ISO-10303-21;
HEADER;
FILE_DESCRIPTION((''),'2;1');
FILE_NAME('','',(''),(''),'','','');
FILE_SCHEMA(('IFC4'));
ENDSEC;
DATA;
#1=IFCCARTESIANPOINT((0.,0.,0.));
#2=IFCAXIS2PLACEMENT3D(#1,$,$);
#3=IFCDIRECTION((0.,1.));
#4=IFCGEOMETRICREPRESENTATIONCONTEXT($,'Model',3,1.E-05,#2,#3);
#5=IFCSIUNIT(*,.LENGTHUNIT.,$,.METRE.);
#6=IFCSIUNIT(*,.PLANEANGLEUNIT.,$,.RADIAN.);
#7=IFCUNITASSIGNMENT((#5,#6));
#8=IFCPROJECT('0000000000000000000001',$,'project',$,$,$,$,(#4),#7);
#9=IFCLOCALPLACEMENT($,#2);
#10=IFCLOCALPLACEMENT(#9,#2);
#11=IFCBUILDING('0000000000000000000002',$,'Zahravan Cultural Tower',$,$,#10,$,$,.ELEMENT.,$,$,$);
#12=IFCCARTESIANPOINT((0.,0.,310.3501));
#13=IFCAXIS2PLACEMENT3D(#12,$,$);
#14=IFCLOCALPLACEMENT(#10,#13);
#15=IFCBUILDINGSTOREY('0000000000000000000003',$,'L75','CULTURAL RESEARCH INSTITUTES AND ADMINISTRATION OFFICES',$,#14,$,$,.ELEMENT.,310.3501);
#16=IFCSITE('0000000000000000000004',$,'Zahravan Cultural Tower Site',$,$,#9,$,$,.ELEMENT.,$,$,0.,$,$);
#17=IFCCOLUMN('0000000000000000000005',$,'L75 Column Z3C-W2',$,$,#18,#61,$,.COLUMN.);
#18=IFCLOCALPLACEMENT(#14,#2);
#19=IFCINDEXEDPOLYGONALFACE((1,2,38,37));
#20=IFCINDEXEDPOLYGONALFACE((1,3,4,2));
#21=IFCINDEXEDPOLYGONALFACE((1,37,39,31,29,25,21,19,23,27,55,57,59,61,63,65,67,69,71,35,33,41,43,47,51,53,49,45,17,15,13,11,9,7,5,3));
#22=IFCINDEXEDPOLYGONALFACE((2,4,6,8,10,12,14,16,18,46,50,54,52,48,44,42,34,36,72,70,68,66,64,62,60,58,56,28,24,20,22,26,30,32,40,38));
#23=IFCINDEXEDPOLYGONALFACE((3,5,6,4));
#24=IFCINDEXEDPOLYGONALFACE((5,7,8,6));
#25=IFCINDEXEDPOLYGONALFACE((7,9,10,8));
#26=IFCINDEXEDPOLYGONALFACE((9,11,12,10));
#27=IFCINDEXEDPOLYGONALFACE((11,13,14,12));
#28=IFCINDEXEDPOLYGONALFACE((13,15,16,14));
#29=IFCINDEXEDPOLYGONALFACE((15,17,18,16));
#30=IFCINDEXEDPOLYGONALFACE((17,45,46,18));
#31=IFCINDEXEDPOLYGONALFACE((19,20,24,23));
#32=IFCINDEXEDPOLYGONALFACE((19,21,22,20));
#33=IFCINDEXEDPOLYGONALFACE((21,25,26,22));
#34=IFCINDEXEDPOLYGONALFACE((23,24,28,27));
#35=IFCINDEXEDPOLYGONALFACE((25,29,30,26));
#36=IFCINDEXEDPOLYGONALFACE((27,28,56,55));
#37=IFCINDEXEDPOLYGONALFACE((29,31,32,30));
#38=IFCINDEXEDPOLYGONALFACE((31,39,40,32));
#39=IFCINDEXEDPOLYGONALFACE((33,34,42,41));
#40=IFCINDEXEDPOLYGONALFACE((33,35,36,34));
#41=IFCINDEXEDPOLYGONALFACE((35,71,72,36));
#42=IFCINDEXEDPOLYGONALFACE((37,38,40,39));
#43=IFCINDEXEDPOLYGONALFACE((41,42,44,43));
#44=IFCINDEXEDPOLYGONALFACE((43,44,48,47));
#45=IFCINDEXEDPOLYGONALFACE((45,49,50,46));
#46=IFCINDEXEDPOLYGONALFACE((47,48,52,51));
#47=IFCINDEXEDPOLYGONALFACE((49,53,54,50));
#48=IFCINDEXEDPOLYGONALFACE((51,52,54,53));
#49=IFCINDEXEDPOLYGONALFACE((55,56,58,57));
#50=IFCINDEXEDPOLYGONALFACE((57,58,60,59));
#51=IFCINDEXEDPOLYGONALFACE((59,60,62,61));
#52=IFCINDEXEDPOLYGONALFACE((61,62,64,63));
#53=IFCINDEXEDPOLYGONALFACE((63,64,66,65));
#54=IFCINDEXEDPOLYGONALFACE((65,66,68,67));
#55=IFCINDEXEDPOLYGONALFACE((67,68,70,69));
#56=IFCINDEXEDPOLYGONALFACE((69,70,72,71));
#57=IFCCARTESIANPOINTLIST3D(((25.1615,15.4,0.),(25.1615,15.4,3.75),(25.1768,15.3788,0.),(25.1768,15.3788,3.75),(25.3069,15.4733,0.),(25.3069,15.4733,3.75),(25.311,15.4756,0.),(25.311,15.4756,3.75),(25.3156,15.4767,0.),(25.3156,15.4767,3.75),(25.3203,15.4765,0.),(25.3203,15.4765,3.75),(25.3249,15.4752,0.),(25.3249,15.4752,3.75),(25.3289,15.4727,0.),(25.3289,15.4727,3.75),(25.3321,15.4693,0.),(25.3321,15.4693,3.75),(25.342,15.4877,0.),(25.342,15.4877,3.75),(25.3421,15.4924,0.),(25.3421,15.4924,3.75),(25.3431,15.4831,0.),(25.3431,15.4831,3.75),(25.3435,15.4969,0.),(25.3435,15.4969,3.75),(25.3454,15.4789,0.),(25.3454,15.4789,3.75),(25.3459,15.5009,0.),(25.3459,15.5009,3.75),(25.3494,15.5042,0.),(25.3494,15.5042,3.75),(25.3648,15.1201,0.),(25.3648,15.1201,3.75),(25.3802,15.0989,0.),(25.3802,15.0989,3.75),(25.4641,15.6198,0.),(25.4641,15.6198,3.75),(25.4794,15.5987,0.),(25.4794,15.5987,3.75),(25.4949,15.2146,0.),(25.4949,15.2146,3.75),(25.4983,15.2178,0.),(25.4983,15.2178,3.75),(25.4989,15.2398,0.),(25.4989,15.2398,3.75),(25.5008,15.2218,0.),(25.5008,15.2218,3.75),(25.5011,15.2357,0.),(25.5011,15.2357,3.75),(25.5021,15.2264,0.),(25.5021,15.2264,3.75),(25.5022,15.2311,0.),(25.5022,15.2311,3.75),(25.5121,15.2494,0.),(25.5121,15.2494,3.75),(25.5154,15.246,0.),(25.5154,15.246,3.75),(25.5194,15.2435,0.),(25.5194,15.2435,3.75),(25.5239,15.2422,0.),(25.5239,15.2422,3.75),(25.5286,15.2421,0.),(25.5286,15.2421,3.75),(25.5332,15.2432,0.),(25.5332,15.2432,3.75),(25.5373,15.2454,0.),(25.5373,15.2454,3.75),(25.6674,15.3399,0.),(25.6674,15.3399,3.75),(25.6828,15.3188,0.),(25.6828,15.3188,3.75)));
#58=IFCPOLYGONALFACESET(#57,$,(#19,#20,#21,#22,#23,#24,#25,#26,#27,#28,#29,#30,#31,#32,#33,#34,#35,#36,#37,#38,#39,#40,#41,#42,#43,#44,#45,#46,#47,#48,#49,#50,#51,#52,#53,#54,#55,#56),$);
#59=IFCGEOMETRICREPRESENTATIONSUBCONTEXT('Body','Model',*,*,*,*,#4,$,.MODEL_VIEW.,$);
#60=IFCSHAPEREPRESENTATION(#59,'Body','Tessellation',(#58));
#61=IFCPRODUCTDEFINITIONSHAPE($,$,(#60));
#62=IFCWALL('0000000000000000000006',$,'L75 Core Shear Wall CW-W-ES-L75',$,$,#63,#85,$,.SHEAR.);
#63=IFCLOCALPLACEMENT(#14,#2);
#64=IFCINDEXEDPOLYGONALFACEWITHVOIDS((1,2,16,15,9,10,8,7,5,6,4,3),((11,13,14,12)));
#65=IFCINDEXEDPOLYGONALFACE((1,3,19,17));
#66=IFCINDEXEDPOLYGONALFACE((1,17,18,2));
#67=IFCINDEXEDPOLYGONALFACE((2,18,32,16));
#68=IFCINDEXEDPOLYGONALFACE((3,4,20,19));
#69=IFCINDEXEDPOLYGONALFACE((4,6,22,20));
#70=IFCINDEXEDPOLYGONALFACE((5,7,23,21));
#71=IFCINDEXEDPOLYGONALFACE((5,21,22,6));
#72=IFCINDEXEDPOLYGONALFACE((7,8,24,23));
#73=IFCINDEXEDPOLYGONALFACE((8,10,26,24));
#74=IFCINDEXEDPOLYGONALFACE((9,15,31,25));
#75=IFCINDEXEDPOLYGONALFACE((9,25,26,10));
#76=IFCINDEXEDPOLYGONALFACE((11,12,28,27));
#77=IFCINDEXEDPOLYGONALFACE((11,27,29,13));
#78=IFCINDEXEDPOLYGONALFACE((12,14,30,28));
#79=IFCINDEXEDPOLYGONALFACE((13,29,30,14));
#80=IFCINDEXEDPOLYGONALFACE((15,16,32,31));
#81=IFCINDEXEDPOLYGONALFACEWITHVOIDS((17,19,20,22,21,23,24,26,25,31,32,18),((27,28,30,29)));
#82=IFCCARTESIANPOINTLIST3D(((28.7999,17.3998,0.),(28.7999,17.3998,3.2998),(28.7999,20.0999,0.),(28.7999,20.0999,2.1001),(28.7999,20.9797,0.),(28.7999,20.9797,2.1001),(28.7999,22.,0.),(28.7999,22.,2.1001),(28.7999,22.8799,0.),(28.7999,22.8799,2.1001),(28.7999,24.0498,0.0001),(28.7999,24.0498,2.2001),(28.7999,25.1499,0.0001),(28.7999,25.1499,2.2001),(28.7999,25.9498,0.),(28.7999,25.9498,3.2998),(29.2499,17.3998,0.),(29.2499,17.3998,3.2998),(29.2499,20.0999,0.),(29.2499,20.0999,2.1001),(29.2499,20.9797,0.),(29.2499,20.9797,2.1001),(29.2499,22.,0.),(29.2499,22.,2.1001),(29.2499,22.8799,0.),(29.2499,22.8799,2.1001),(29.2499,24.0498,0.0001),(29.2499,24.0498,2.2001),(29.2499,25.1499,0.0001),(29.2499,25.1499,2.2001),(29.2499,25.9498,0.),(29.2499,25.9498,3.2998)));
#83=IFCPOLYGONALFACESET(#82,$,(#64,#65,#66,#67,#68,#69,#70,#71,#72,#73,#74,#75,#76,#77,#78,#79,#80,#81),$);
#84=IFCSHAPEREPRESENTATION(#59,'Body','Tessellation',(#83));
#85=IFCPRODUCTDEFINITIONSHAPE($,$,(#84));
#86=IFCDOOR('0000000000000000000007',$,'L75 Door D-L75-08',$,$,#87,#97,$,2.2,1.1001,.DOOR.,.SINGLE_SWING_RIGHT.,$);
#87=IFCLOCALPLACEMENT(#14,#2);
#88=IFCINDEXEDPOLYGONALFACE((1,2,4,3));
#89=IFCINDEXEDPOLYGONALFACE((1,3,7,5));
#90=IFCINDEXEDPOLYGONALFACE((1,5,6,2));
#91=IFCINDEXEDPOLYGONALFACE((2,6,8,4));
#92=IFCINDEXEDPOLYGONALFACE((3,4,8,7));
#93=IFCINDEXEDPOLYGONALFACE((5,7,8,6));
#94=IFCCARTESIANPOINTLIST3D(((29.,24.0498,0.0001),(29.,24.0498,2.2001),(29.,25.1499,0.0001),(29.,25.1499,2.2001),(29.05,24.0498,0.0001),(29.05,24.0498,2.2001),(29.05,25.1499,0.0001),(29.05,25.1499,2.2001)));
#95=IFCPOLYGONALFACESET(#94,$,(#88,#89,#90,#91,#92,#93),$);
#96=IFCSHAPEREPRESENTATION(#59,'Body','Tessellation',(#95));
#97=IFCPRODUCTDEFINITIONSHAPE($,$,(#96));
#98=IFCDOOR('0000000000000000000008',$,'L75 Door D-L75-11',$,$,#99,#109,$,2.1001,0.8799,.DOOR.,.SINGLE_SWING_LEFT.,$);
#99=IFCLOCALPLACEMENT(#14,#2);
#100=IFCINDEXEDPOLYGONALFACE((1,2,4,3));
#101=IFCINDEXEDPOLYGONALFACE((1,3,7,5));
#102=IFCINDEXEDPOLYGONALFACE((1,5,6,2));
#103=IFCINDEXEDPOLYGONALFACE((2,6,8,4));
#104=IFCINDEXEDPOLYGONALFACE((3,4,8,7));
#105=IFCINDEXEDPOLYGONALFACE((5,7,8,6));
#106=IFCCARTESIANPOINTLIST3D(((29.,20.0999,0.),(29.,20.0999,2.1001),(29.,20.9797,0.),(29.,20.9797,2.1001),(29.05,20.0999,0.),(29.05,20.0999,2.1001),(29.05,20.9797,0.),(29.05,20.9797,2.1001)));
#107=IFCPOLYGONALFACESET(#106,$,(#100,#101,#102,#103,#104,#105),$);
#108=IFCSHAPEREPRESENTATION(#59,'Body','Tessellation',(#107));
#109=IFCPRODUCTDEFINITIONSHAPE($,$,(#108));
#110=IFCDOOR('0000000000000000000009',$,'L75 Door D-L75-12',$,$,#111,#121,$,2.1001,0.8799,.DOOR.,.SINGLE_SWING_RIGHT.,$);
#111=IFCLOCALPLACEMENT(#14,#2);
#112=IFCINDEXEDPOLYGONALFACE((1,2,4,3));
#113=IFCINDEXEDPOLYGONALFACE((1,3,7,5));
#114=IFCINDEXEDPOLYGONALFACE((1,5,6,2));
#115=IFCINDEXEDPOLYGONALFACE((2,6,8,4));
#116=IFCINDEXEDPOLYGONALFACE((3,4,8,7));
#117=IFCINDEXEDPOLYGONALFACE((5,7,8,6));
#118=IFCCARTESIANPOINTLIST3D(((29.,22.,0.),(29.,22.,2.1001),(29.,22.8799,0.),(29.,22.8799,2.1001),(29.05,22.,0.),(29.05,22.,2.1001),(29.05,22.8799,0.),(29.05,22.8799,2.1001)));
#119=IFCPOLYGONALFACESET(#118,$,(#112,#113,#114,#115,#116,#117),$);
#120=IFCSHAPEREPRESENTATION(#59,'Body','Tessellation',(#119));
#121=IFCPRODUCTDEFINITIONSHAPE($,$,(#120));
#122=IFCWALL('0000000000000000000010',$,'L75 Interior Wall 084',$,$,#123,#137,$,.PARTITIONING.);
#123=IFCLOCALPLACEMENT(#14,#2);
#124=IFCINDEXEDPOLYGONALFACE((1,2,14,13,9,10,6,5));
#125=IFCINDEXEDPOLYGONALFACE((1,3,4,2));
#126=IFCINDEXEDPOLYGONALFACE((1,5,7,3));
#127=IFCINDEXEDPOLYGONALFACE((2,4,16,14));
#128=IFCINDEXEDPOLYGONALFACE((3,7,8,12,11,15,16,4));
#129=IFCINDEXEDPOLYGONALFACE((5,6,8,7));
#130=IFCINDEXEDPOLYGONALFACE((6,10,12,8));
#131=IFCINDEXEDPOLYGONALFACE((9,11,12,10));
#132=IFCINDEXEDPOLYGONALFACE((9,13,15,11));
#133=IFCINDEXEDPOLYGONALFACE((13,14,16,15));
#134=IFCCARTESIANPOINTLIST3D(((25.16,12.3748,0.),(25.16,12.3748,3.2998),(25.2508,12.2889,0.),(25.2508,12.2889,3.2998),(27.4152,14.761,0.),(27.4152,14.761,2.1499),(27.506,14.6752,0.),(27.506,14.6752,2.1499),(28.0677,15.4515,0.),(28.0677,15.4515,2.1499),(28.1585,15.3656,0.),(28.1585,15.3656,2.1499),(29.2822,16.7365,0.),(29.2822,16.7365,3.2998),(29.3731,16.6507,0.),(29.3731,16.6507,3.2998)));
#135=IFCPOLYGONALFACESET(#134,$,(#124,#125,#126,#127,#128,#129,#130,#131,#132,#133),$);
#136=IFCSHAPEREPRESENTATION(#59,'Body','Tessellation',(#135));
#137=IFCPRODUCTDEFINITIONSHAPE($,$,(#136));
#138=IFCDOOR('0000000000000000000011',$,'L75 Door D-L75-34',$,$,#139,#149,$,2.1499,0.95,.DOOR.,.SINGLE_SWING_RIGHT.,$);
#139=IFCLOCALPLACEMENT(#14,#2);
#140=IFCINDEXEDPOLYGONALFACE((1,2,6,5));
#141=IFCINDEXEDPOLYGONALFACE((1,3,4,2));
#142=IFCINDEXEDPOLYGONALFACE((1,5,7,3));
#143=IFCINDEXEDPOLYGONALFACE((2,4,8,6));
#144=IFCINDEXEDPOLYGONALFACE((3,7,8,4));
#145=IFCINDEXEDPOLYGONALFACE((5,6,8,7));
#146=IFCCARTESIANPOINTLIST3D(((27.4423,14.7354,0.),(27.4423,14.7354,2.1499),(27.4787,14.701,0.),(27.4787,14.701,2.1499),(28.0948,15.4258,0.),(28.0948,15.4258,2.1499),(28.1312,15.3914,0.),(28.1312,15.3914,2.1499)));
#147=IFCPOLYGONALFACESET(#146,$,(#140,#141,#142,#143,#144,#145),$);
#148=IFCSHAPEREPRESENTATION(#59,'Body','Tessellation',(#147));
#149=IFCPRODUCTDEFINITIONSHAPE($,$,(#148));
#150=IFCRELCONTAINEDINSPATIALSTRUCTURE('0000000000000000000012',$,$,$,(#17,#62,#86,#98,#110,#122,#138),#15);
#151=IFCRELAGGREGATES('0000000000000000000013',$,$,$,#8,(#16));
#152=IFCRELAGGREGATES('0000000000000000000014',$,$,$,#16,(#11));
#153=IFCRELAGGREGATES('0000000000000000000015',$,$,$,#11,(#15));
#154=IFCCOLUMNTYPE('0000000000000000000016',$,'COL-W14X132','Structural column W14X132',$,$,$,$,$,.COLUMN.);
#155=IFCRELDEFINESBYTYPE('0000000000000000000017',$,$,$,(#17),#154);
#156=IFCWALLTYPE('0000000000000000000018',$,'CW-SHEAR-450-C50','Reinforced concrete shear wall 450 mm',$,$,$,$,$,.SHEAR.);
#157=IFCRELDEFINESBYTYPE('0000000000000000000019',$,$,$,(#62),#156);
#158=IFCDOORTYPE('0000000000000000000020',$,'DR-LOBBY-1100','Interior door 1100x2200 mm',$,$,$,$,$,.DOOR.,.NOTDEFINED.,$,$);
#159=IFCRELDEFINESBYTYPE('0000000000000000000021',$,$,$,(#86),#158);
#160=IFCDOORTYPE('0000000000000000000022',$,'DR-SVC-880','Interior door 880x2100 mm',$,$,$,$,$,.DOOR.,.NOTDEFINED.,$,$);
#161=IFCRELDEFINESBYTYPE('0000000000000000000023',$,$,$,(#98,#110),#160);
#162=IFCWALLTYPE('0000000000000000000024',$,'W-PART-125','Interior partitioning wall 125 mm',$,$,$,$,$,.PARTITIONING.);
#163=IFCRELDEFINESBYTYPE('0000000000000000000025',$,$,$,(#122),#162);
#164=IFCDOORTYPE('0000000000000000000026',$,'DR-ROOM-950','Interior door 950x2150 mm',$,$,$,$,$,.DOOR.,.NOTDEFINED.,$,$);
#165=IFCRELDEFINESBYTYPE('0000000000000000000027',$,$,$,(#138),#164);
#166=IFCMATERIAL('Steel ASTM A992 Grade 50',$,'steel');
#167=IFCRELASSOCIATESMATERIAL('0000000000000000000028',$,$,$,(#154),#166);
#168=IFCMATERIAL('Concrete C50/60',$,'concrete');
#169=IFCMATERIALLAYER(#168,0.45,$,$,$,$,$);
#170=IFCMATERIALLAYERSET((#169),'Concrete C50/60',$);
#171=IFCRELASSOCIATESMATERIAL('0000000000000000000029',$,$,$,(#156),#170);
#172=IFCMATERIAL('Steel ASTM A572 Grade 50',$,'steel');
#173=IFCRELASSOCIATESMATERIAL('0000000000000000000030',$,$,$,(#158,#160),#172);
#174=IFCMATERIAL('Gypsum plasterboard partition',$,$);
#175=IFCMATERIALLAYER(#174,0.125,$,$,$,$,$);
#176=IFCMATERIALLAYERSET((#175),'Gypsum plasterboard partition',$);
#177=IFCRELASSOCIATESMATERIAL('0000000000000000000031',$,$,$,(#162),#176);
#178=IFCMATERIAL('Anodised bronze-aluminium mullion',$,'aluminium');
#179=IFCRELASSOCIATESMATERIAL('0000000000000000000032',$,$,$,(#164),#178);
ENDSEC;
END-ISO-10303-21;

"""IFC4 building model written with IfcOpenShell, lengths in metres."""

from ifc_helpers import new_model, si_unit, direction, frame, frame_2d, origin, origin_2d, place, context, subcontext, project, spatial, rectangle, i_section, extrude, source, transform, mapped, material, layer, layer_set, material_profile, profile_set, type_object, element, fill, save


model = new_model("IFC4")

# Units and contexts
model_context = context("Model", 3, precision=1e-05, world=origin(), true_north=direction((0.0, 1.0)))
body_context = subcontext(model_context, "Body", "Model", "MODEL_VIEW")
ifc_project = project(units=[si_unit("LENGTHUNIT", "METRE"), si_unit("PLANEANGLEUNIT", "RADIAN")], contexts=[model_context])

# Site, building, storey
site_placement = place(None, origin())
site = spatial("IfcSite", under=ifc_project, at=site_placement, Name="Zahravan Cultural Tower Site", CompositionType="ELEMENT", RefElevation=0.0)
building_placement = place(site_placement, origin())
building = spatial("IfcBuilding", under=site, at=building_placement, Name="Zahravan Cultural Tower", CompositionType="ELEMENT")
storey_placement = place(building_placement, frame((0.0, 0.0, 310.3501)))
storey = spatial("IfcBuildingStorey", under=building, at=storey_placement, Name="L75", Description="CULTURAL RESEARCH INSTITUTES AND ADMINISTRATION OFFICES", CompositionType="ELEMENT", Elevation=310.3501)

# Column
ifc_material_1 = material(Name="Steel ASTM A992 Grade 50", Category="steel")
ifc_material_profile = material_profile(ifc_material_1, i_section(OverallWidth=0.374, OverallDepth=0.3721, WebThickness=0.0164, FlangeThickness=0.0261, FilletRadius=0.0181, at=origin_2d()), Name="W14X132")
ifc_profile_set = profile_set([ifc_material_profile], Name="Steel ASTM A992 Grade 50")
column_type = type_object("IfcColumnType", Name="COL-W14X132", Description="Structural column W14X132", PredefinedType="COLUMN", material=ifc_profile_set)
shared_shape_1 = source(origin(), body_context, "Body", "SweptSolid", [
    extrude(i_section(OverallWidth=0.374, OverallDepth=0.3721, WebThickness=0.0164, FlangeThickness=0.0261, FilletRadius=0.0181, at=origin_2d()), origin(), (0.0, 0.0, 1.0), 3.75),
])
column_placement = place(storey_placement, frame((25.4221, 15.3594, 0.0), z_axis=(0.0, 0.0, 1.0), x_axis=(0.809017, 0.587785, 0.0)))
element("IfcColumn", 1, at=column_placement, inside=storey, type_object=column_type, Name="L75 Column Z3C-W2", PredefinedType="COLUMN", context=body_context, shape_type="MappedRepresentation", body=[
    mapped(shared_shape_1, transform((0.0, 0.0, 0.0), x_axis=(1.0, 0.0, 0.0), y_axis=(0.0, 1.0, 0.0), z_axis=(0.0, 0.0, 1.0), scale=1.0)),
])

# Wall, openings, doors
ifc_material_2 = material(Name="Concrete C50/60", Category="concrete")
ifc_layer_1 = layer(ifc_material_2, 0.45)
ifc_layer_set_1 = layer_set([ifc_layer_1], Name="Concrete C50/60")
wall_type_1 = type_object("IfcWallType", Name="CW-SHEAR-450-C50", Description="Reinforced concrete shear wall 450 mm", PredefinedType="SHEAR", material=ifc_layer_set_1)
wall_1_placement = place(storey_placement, frame((29.0249, 17.3999, 0.0), z_axis=(0.0, 0.0, 1.0), x_axis=(0.0, 1.0, 0.0)))
wall_1 = element("IfcWall", 2, at=wall_1_placement, inside=storey, type_object=wall_type_1, Name="L75 Core Shear Wall CW-W-ES-L75", PredefinedType="SHEAR", context=body_context, shape_type="SweptSolid", body=[
    extrude(rectangle(XDim=8.55, YDim=0.45, at=frame_2d((4.2749, 0.0))), origin(), (0.0, 0.0, 1.0), 3.2998),
])
opening_1_placement = place(wall_1_placement, frame((6.6499, 0.0, 0.0)))
opening_1 = element("IfcOpeningElement", 3, at=opening_1_placement, cuts=wall_1, PredefinedType="OPENING", context=body_context, shape_type="SweptSolid", body=[
    extrude(rectangle(XDim=1.1001, YDim=2.2, at=frame_2d((0.55, 1.1001))), frame((0.0, 0.2349, 0.0), z_axis=(0.0, -1.0, 0.0), x_axis=(1.0, 0.0, 0.0)), (0.0, 0.0, 1.0), 0.47),
])
opening_2_placement = place(wall_1_placement, frame((2.7, 0.0, 0.0)))
opening_2 = element("IfcOpeningElement", 4, at=opening_2_placement, cuts=wall_1, PredefinedType="OPENING", context=body_context, shape_type="SweptSolid", body=[
    extrude(rectangle(XDim=0.8799, YDim=2.1001, at=frame_2d((0.4399, 1.05))), frame((0.0, 0.2349, 0.0), z_axis=(0.0, -1.0, 0.0), x_axis=(1.0, 0.0, 0.0)), (0.0, 0.0, 1.0), 0.47),
])
opening_3_placement = place(wall_1_placement, frame((4.6001, 0.0, 0.0)))
opening_3 = element("IfcOpeningElement", 5, at=opening_3_placement, cuts=wall_1, PredefinedType="OPENING", context=body_context, shape_type="SweptSolid", body=[
    extrude(rectangle(XDim=0.8799, YDim=2.1001, at=frame_2d((0.4399, 1.05))), frame((0.0, 0.2349, 0.0), z_axis=(0.0, -1.0, 0.0), x_axis=(1.0, 0.0, 0.0)), (0.0, 0.0, 1.0), 0.47),
])
ifc_material_3 = material(Name="Steel ASTM A572 Grade 50", Category="steel")
door_type_1 = type_object("IfcDoorType", Name="DR-LOBBY-1100", Description="Interior door 1100x2200 mm", OperationType="NOTDEFINED", PredefinedType="DOOR", material=ifc_material_3)
shared_shape_2 = source(origin(), body_context, "Body", "SweptSolid", [
    extrude(rectangle(XDim=1.1001, YDim=2.2, at=frame_2d((0.55, 1.1001))), frame((0.0, 0.0249, 0.0), z_axis=(0.0, -1.0, 0.0), x_axis=(1.0, 0.0, 0.0)), (0.0, 0.0, 1.0), 0.05),
])
door_1_placement = place(opening_1_placement, origin())
door_1 = element("IfcDoor", 6, at=door_1_placement, inside=storey, type_object=door_type_1, Name="L75 Door D-L75-08", OperationType="SINGLE_SWING_RIGHT", OverallHeight=2.2, OverallWidth=1.1001, PredefinedType="DOOR", context=body_context, shape_type="MappedRepresentation", body=[
    mapped(shared_shape_2, transform((0.0, 0.0, 0.0), x_axis=(1.0, 0.0, 0.0), y_axis=(0.0, 1.0, 0.0), z_axis=(0.0, 0.0, 1.0), scale=1.0)),
])
fill(opening_1, door_1)
door_type_2 = type_object("IfcDoorType", Name="DR-SVC-880", Description="Interior door 880x2100 mm", OperationType="NOTDEFINED", PredefinedType="DOOR", material=ifc_material_3)
shared_shape_3 = source(origin(), body_context, "Body", "SweptSolid", [
    extrude(rectangle(XDim=0.8799, YDim=2.1001, at=frame_2d((0.4399, 1.05))), frame((0.0, 0.0249, 0.0), z_axis=(0.0, -1.0, 0.0), x_axis=(1.0, 0.0, 0.0)), (0.0, 0.0, 1.0), 0.05),
])
door_2_placement = place(opening_2_placement, origin())
door_2 = element("IfcDoor", 7, at=door_2_placement, inside=storey, type_object=door_type_2, Name="L75 Door D-L75-11", OperationType="SINGLE_SWING_LEFT", OverallHeight=2.1001, OverallWidth=0.8799, PredefinedType="DOOR", context=body_context, shape_type="MappedRepresentation", body=[
    mapped(shared_shape_3, transform((0.0, 0.0, 0.0), x_axis=(1.0, 0.0, 0.0), y_axis=(0.0, 1.0, 0.0), z_axis=(0.0, 0.0, 1.0), scale=1.0)),
])
fill(opening_2, door_2)
door_3_placement = place(opening_3_placement, origin())
door_3 = element("IfcDoor", 8, at=door_3_placement, inside=storey, type_object=door_type_2, Name="L75 Door D-L75-12", OperationType="SINGLE_SWING_RIGHT", OverallHeight=2.1001, OverallWidth=0.8799, PredefinedType="DOOR", context=body_context, shape_type="MappedRepresentation", body=[
    mapped(shared_shape_3, transform((0.0, 0.0, 0.0), x_axis=(1.0, 0.0, 0.0), y_axis=(0.0, 1.0, 0.0), z_axis=(0.0, 0.0, 1.0), scale=1.0)),
])
fill(opening_3, door_3)

# Wall, opening, door
ifc_material_4 = material(Name="Gypsum plasterboard partition")
ifc_layer_2 = layer(ifc_material_4, 0.125)
ifc_layer_set_2 = layer_set([ifc_layer_2], Name="Gypsum plasterboard partition")
wall_type_2 = type_object("IfcWallType", Name="W-PART-125", Description="Interior partitioning wall 125 mm", PredefinedType="PARTITIONING", material=ifc_layer_set_2)
wall_2_placement = place(storey_placement, frame((29.3276, 16.6936, 0.0), z_axis=(0.0, 0.0, 1.0), x_axis=(-0.686872, -0.726778, 0.0)))
wall_2 = element("IfcWall", 9, at=wall_2_placement, inside=storey, type_object=wall_type_2, Name="L75 Interior Wall 084", PredefinedType="PARTITIONING", context=body_context, shape_type="SweptSolid", body=[
    extrude(rectangle(XDim=6.0015, YDim=0.125, at=frame_2d((3.0007, 0.0))), origin(), (0.0, 0.0, 1.0), 3.2998),
])
opening_4_placement = place(wall_2_placement, frame((1.7681, 0.0, 0.0)))
opening_4 = element("IfcOpeningElement", 10, at=opening_4_placement, cuts=wall_2, PredefinedType="OPENING", context=body_context, shape_type="SweptSolid", body=[
    extrude(rectangle(XDim=0.95, YDim=2.1499, at=frame_2d((0.4751, 1.075))), frame((0.0, 0.0725, 0.0), z_axis=(0.0, -1.0, 0.0), x_axis=(1.0, 0.0, 0.0)), (0.0, 0.0, 1.0), 0.145),
])
ifc_material_5 = material(Name="Anodised bronze-aluminium mullion", Category="aluminium")
door_type_3 = type_object("IfcDoorType", Name="DR-ROOM-950", Description="Interior door 950x2150 mm", OperationType="NOTDEFINED", PredefinedType="DOOR", material=ifc_material_5)
shared_shape_4 = source(origin(), body_context, "Body", "SweptSolid", [
    extrude(rectangle(XDim=0.95, YDim=2.1499, at=frame_2d((0.4751, 1.075))), frame((0.0, 0.0249, 0.0), z_axis=(0.0, -1.0, 0.0), x_axis=(1.0, 0.0, 0.0)), (0.0, 0.0, 1.0), 0.05),
])
door_4_placement = place(opening_4_placement, origin())
door_4 = element("IfcDoor", 11, at=door_4_placement, inside=storey, type_object=door_type_3, Name="L75 Door D-L75-34", OperationType="SINGLE_SWING_RIGHT", OverallHeight=2.1499, OverallWidth=0.95, PredefinedType="DOOR", context=body_context, shape_type="MappedRepresentation", body=[
    mapped(shared_shape_4, transform((0.0, 0.0, 0.0), x_axis=(1.0, 0.0, 0.0), y_axis=(0.0, 1.0, 0.0), z_axis=(0.0, 0.0, 1.0), scale=1.0)),
])
fill(opening_4, door_4)

save(model, "model.ifc")
